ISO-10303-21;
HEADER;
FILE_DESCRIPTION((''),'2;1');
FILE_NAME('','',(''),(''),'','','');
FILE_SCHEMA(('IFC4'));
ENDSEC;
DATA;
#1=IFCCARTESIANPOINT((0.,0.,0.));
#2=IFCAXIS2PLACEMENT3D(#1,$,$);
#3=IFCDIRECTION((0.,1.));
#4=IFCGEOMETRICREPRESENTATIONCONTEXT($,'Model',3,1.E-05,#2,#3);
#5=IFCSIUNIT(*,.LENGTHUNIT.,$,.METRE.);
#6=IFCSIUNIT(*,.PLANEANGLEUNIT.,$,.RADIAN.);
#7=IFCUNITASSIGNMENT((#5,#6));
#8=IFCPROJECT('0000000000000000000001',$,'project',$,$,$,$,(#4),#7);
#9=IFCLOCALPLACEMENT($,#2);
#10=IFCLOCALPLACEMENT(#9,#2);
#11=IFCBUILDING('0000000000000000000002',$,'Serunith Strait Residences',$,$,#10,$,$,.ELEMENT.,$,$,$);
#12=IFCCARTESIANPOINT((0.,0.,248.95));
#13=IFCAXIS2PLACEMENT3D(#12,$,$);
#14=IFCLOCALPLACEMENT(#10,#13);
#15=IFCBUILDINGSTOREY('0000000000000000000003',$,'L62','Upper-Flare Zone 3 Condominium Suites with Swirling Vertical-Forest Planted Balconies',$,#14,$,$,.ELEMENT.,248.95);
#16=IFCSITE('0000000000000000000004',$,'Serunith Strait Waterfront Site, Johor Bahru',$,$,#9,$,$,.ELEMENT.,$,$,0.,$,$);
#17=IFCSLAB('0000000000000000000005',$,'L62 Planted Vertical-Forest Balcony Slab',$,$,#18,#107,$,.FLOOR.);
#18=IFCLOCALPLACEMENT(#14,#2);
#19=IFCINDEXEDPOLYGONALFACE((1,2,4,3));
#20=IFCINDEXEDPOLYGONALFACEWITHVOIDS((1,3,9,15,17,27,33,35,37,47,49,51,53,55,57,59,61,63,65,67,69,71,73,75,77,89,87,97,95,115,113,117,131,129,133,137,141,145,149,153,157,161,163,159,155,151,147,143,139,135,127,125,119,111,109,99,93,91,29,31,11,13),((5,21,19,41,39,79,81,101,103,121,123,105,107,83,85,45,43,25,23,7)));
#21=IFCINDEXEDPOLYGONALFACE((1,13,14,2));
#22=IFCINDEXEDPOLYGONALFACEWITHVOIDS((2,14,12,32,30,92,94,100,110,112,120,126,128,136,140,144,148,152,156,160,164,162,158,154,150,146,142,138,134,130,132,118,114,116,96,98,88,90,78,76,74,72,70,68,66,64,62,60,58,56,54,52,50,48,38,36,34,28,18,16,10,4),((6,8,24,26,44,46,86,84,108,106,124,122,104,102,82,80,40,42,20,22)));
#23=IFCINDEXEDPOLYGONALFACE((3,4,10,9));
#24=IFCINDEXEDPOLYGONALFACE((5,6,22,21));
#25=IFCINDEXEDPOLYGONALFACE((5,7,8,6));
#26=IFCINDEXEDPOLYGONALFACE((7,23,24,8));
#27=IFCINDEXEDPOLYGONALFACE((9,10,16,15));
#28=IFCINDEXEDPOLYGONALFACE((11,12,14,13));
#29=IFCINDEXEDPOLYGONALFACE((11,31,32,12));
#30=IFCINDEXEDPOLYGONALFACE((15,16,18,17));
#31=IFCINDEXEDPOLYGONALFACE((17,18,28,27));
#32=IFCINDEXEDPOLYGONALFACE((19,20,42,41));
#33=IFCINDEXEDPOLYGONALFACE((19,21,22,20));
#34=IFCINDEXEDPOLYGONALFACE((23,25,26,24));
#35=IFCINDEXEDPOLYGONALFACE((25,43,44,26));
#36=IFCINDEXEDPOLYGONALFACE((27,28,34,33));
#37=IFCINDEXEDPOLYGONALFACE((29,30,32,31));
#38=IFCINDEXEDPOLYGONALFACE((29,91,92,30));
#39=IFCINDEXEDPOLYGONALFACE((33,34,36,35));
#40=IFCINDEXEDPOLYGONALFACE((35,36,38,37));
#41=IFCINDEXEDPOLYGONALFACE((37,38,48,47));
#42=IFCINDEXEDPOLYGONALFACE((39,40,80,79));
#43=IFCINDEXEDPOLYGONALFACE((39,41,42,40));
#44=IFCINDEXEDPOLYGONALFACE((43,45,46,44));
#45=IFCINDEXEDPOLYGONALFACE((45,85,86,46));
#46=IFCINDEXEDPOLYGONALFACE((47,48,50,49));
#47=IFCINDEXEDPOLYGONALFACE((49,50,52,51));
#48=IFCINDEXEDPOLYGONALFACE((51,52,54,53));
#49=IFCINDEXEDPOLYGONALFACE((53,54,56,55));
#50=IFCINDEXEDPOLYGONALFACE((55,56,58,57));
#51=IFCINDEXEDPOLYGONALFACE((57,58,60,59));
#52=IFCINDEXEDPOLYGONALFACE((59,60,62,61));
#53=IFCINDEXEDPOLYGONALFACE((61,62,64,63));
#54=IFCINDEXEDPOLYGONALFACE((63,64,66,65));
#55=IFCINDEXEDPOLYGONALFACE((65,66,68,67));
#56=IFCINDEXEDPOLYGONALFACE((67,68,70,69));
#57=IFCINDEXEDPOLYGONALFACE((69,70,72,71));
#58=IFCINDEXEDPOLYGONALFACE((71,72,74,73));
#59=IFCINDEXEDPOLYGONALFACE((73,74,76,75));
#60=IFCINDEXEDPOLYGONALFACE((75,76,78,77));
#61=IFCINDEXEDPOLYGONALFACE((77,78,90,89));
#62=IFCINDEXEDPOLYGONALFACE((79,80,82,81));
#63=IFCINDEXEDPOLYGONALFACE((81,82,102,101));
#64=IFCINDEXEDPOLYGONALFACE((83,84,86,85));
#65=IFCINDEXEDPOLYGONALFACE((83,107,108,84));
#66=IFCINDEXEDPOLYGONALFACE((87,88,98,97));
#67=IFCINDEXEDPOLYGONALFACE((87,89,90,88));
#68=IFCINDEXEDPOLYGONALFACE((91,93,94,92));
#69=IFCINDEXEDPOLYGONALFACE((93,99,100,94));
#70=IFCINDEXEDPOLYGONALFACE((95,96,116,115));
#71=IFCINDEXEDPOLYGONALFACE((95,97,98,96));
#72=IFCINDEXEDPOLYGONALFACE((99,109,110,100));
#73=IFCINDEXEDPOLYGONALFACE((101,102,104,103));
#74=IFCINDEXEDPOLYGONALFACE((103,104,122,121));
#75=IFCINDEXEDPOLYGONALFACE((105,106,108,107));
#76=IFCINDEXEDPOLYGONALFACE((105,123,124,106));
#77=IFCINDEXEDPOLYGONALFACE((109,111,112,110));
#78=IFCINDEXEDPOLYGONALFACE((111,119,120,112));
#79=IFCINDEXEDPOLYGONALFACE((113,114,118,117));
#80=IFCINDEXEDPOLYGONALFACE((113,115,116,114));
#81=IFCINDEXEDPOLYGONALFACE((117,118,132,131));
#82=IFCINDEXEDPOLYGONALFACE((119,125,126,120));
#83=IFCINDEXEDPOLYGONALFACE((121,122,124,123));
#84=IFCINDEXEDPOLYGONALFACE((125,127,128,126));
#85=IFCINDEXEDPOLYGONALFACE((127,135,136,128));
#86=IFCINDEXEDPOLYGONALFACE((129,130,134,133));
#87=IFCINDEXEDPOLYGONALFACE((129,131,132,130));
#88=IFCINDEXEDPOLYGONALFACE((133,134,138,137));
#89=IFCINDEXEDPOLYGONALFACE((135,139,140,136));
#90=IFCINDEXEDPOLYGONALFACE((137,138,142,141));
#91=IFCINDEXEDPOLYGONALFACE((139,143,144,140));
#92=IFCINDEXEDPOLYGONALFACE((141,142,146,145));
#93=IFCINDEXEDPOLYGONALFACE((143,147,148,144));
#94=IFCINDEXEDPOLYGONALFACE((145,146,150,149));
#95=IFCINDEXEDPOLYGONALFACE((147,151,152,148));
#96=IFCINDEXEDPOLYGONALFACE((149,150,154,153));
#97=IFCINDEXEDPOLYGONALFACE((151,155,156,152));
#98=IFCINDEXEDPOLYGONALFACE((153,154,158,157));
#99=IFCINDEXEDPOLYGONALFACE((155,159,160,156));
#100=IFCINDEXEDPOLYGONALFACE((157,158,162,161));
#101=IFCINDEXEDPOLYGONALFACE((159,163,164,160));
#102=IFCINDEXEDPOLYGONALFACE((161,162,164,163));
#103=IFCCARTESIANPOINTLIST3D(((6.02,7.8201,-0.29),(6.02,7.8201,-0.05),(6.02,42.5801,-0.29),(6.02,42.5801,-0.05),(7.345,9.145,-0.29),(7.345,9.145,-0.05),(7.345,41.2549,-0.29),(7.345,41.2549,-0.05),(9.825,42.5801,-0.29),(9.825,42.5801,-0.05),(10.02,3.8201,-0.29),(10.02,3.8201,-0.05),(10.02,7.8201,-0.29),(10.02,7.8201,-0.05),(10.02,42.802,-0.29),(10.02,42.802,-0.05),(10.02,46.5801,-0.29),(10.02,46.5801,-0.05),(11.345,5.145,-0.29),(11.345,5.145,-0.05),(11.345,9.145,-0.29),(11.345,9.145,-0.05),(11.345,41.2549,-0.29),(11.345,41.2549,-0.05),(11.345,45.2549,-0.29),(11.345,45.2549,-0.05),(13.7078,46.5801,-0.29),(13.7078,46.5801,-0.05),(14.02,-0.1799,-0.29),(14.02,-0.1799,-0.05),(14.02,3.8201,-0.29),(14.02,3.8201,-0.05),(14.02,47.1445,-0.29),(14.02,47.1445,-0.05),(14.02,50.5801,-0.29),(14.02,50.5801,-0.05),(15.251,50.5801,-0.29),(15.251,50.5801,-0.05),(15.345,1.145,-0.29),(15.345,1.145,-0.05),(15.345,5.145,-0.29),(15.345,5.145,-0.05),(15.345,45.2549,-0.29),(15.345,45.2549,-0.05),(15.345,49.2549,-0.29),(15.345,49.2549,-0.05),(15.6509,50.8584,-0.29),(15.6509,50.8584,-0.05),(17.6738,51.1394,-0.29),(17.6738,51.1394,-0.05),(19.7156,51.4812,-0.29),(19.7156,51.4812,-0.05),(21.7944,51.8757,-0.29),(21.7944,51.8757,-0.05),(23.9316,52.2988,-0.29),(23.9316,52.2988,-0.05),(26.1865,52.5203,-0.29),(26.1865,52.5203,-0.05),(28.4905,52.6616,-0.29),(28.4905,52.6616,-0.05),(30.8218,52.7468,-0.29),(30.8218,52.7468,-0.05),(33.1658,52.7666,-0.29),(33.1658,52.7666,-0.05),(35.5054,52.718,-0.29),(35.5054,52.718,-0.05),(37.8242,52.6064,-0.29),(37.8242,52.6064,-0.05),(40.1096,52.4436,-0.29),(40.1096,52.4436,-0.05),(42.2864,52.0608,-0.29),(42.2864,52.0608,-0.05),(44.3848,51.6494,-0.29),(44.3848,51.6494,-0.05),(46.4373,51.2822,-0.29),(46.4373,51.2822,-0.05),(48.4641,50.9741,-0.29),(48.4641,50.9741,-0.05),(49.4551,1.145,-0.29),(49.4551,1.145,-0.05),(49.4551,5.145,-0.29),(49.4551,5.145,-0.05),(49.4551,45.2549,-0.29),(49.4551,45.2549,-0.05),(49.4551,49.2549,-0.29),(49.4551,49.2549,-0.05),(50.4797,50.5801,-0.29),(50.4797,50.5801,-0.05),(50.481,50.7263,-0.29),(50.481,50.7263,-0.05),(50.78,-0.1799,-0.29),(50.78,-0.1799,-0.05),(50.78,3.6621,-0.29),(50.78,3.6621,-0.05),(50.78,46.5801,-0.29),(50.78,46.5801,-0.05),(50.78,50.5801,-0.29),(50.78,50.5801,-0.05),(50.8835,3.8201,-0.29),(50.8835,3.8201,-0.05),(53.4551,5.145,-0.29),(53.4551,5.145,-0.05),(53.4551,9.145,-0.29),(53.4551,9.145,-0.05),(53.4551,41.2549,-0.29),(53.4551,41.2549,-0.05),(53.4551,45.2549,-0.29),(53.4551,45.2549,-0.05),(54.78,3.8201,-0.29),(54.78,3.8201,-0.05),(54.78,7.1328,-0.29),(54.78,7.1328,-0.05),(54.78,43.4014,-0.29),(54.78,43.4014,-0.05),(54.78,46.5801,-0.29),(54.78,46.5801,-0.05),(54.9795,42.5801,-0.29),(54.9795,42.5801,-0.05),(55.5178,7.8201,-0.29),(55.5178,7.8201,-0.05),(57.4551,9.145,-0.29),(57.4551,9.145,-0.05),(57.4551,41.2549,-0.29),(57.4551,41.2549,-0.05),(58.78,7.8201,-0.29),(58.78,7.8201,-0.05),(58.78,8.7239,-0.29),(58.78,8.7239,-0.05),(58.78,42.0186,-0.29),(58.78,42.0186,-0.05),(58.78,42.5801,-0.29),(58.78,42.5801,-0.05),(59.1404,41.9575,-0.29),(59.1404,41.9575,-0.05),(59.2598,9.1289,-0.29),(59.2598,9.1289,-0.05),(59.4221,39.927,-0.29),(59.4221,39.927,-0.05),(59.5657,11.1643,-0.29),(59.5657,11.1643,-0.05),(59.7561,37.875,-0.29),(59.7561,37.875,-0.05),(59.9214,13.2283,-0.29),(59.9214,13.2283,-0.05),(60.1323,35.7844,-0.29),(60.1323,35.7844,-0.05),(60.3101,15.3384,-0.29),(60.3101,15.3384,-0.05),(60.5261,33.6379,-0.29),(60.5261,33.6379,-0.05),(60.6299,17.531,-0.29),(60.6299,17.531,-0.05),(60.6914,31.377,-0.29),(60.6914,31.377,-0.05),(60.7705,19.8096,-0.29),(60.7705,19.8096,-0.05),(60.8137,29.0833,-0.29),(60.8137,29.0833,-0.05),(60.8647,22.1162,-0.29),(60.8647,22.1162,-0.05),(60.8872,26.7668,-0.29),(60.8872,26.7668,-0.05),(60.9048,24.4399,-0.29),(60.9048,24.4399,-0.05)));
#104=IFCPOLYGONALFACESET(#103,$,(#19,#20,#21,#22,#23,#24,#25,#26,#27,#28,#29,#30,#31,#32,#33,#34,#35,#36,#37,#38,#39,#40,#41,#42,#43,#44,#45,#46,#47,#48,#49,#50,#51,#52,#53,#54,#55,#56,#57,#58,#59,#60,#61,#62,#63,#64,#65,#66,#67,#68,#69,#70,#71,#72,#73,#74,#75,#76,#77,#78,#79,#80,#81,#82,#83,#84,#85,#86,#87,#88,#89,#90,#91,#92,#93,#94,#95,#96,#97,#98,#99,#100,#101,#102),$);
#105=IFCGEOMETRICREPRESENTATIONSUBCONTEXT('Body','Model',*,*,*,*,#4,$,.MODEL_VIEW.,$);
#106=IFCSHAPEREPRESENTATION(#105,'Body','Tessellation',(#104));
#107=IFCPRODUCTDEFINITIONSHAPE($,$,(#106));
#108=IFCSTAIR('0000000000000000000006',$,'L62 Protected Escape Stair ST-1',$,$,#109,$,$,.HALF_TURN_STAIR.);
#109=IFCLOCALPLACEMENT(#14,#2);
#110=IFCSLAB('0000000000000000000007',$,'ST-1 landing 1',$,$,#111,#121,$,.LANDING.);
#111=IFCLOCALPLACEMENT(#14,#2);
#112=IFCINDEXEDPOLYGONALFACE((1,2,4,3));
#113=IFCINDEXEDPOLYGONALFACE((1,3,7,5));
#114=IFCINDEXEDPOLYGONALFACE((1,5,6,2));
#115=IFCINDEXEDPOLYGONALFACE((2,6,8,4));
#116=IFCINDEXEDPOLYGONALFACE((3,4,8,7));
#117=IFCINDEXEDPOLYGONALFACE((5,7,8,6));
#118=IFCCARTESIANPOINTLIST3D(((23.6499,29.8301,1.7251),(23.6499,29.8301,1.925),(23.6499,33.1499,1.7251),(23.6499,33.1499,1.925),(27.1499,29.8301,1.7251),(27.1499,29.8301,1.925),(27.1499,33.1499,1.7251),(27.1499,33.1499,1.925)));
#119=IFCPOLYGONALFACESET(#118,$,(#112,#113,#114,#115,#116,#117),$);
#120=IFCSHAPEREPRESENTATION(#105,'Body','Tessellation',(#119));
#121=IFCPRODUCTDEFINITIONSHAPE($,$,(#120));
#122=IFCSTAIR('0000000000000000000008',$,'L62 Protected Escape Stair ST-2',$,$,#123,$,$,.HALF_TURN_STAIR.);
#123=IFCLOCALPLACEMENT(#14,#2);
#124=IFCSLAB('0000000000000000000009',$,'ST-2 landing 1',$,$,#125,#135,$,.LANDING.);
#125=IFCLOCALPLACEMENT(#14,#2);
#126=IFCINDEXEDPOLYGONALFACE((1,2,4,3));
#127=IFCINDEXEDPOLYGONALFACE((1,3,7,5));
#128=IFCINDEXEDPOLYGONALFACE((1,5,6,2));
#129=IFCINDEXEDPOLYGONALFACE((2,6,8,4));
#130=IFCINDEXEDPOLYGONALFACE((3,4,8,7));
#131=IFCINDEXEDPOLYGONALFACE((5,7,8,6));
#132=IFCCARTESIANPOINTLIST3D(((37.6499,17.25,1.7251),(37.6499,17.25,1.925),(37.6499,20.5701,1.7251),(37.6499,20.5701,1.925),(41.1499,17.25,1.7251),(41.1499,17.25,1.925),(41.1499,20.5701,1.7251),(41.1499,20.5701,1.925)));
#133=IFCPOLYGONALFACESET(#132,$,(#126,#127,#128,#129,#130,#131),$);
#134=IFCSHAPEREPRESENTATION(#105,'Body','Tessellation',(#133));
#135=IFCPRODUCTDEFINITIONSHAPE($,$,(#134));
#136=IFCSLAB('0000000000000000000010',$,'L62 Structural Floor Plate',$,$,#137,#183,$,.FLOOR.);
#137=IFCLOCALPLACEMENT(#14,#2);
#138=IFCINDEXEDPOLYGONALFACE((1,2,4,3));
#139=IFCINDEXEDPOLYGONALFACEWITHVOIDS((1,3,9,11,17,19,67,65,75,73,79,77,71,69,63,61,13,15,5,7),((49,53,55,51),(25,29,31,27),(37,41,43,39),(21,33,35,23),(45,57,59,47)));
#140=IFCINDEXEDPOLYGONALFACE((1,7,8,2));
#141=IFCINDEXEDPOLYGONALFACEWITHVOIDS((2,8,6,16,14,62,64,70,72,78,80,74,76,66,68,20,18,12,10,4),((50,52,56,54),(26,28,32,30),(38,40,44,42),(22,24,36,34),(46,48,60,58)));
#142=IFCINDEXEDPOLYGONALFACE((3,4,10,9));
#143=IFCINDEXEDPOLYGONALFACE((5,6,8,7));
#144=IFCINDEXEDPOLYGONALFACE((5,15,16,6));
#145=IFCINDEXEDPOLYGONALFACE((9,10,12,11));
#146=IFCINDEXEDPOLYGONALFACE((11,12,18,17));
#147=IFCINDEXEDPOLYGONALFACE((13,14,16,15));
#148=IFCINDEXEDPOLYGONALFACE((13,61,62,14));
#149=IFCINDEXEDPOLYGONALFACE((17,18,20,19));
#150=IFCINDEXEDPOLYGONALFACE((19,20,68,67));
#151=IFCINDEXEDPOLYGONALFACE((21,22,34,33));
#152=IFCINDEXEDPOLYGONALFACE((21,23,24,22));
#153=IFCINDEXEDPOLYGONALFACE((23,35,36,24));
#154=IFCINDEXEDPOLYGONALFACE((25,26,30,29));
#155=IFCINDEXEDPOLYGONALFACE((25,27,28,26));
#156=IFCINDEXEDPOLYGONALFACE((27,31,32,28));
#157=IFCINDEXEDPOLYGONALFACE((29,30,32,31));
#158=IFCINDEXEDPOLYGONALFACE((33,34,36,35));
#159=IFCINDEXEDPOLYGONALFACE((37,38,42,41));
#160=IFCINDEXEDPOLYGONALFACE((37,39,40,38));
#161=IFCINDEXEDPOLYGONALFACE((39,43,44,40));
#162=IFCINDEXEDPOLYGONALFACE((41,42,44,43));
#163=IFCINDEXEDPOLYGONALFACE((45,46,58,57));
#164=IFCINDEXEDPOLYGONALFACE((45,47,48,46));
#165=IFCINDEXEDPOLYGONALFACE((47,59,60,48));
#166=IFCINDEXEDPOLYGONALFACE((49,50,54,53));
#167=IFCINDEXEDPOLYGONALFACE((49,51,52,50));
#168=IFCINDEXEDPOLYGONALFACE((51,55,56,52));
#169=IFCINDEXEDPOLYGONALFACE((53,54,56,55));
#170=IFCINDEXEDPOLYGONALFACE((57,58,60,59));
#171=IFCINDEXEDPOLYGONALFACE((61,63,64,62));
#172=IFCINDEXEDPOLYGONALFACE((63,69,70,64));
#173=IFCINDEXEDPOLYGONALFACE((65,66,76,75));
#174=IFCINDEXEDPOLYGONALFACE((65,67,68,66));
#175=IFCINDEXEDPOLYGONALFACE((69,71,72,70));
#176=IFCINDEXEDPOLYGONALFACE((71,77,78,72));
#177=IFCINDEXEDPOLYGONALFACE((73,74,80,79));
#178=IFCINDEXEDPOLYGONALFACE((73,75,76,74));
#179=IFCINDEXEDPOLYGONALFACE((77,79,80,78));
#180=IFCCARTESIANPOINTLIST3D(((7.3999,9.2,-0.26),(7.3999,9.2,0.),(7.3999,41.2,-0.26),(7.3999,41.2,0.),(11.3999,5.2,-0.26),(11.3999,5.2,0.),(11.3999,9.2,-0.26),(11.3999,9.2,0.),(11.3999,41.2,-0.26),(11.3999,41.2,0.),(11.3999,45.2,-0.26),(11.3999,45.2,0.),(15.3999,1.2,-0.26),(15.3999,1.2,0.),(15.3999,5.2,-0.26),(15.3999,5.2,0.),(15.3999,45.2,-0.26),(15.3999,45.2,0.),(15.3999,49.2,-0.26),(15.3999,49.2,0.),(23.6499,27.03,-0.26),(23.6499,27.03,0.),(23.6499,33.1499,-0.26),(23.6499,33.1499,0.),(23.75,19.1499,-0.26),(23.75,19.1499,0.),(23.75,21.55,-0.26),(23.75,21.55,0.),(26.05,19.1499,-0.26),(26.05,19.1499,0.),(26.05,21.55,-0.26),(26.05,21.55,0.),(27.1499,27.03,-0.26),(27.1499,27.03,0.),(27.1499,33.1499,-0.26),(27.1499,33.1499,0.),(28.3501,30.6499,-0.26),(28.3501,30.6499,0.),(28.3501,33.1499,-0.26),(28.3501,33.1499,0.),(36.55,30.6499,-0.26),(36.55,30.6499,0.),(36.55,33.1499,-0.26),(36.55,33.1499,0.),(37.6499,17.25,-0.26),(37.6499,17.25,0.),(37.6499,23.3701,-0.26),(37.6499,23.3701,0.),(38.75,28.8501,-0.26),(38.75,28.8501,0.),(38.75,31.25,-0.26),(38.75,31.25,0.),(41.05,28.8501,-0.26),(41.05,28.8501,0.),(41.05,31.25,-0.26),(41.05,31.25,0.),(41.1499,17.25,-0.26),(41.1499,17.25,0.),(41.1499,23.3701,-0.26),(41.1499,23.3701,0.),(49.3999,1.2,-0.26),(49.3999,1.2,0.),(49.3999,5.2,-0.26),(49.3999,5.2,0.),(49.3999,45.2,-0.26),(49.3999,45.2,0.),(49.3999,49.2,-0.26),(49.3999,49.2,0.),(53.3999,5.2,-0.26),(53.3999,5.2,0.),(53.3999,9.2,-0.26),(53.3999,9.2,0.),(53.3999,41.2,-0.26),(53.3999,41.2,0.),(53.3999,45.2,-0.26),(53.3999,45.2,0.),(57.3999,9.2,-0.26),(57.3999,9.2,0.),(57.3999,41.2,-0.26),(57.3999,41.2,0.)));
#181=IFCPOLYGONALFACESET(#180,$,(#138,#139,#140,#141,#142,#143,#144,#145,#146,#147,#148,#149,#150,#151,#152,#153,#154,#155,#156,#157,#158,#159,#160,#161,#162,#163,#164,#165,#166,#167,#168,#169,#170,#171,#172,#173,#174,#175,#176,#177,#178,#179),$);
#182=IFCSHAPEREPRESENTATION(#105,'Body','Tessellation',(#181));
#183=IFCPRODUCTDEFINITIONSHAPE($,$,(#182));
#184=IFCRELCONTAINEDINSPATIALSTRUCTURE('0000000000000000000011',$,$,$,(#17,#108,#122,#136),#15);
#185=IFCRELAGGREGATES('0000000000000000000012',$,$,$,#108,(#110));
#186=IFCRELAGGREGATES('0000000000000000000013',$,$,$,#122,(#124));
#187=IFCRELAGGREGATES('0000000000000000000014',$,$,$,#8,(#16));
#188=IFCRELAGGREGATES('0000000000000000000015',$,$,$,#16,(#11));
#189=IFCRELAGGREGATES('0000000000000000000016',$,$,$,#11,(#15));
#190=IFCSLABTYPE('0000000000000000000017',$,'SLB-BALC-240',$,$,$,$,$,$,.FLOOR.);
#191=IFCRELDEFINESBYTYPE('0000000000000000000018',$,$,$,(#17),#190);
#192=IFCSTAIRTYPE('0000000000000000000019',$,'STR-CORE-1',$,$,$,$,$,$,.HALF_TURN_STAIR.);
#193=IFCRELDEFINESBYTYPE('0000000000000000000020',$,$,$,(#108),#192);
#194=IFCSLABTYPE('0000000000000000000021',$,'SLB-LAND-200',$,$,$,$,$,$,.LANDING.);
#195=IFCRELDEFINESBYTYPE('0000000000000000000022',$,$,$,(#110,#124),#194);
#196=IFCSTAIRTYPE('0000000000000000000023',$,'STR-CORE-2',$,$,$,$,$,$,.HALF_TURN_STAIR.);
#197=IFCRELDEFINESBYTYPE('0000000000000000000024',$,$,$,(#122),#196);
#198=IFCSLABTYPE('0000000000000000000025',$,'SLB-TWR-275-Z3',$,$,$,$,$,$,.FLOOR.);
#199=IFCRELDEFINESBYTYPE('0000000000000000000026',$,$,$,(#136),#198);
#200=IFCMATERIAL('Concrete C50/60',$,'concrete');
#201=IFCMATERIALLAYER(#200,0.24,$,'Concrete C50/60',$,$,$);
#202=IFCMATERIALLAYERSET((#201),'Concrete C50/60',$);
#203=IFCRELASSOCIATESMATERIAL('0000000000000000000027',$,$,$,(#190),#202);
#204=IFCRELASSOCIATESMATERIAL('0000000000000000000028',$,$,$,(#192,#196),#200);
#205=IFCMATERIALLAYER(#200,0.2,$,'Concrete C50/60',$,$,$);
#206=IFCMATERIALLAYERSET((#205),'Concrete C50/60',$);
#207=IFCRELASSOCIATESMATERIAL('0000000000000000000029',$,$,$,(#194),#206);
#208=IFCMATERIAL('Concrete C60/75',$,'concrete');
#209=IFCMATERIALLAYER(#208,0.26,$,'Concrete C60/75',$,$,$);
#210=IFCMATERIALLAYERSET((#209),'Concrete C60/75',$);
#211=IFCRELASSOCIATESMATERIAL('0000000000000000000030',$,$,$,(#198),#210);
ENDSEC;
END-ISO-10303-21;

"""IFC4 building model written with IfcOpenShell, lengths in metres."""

from ifc_helpers import new_model, si_unit, direction, frame, origin, place, context, subcontext, project, spatial, polyline, outline, extrude, material, layer, layer_set, type_object, element, aggregate, save


model = new_model("IFC4")

# Units and contexts
model_context = context("Model", 3, precision=1e-05, world=origin(), true_north=direction((0.0, 1.0)))
body_context = subcontext(model_context, "Body", "Model", "MODEL_VIEW")
ifc_project = project(units=[si_unit("LENGTHUNIT", "METRE"), si_unit("PLANEANGLEUNIT", "RADIAN")], contexts=[model_context])

# Site, building, storey
site_placement = place(None, origin())
site = spatial("IfcSite", under=ifc_project, at=site_placement, Name="Serunith Strait Waterfront Site, Johor Bahru", CompositionType="ELEMENT", RefElevation=0.0)
building_placement = place(site_placement, origin())
building = spatial("IfcBuilding", under=site, at=building_placement, Name="Serunith Strait Residences", CompositionType="ELEMENT")
storey_placement = place(building_placement, frame((0.0, 0.0, 248.95)))
storey = spatial("IfcBuildingStorey", under=building, at=storey_placement, Name="L62", Description="Upper-Flare Zone 3 Condominium Suites with Swirling Vertical-Forest Planted Balconies", CompositionType="ELEMENT", Elevation=248.95)

# Slab
ifc_material_1 = material(Name="Concrete C50/60", Category="concrete")
ifc_layer_1 = layer(ifc_material_1, 0.24, Name="Concrete C50/60")
ifc_layer_set_1 = layer_set([ifc_layer_1], Name="Concrete C50/60")
slab_type_1 = type_object("IfcSlabType", Name="SLB-BALC-240", PredefinedType="FLOOR", material=ifc_layer_set_1)
slab_1_placement = place(storey_placement, frame((0.0, 0.0, -0.29)))
element("IfcSlab", 1, at=slab_1_placement, inside=storey, type_object=slab_type_1, Name="L62 Planted Vertical-Forest Balcony Slab", PredefinedType="FLOOR", context=body_context, shape_type="SweptSolid", body=[
    extrude(outline(polyline([(10.02, 46.5801), (13.7078, 46.5801), (14.02, 47.1445), (14.02, 50.5801), (15.251, 50.5801), (15.6509, 50.8584), (17.6738, 51.1394), (19.7156, 51.4812), (21.7944, 51.8757), (23.9316, 52.2988), (26.1865, 52.5203), (28.4905, 52.6616), (30.8218, 52.7468), (33.1658, 52.7666), (35.5054, 52.718), (37.8242, 52.6064), (40.1096, 52.4436), (42.2864, 52.0608), (44.3848, 51.6494), (46.4373, 51.2822), (48.4641, 50.9741), (50.481, 50.7263), (50.4797, 50.5801), (50.78, 50.5801), (50.78, 46.5801), (54.78, 46.5801), (54.78, 43.4014), (54.9795, 42.5801), (58.78, 42.5801), (58.78, 42.0186), (59.1404, 41.9575), (59.4221, 39.927), (59.7561, 37.875), (60.1323, 35.7844), (60.5261, 33.6379), (60.6914, 31.377), (60.8137, 29.0833), (60.8872, 26.7668), (60.9048, 24.4399), (60.8647, 22.1162), (60.7705, 19.8096), (60.6299, 17.531), (60.3101, 15.3384), (59.9214, 13.2283), (59.5657, 11.1643), (59.2598, 9.1289), (58.78, 8.7239), (58.78, 7.8201), (55.5178, 7.8201), (54.78, 7.1328), (54.78, 3.8201), (50.8835, 3.8201), (50.78, 3.6621), (50.78, -0.1799), (14.02, -0.1799), (14.02, 3.8201), (10.02, 3.8201), (10.02, 7.8201), (6.02, 7.8201), (6.02, 42.5801), (9.825, 42.5801), (10.02, 42.802), (10.02, 46.5801)]), holes=[polyline([(49.4551, 1.145), (49.4551, 5.145), (53.4551, 5.145), (53.4551, 9.145), (57.4551, 9.145), (57.4551, 41.2549), (53.4551, 41.2549), (53.4551, 45.2549), (49.4551, 45.2549), (49.4551, 49.2549), (15.345, 49.2549), (15.345, 45.2549), (11.345, 45.2549), (11.345, 41.2549), (7.345, 41.2549), (7.345, 9.145), (11.345, 9.145), (11.345, 5.145), (15.345, 5.145), (15.345, 1.145), (49.4551, 1.145)])]), origin(), (0.0, 0.0, 1.0), 0.24),
])

# Stairs, slabs
stair_type_1 = type_object("IfcStairType", Name="STR-CORE-1", PredefinedType="HALF_TURN_STAIR", material=ifc_material_1)
stair_1_placement = place(storey_placement, origin())
stair_1 = element("IfcStair", 2, at=stair_1_placement, inside=storey, type_object=stair_type_1, Name="L62 Protected Escape Stair ST-1", PredefinedType="HALF_TURN_STAIR")
ifc_layer_2 = layer(ifc_material_1, 0.2, Name="Concrete C50/60")
ifc_layer_set_2 = layer_set([ifc_layer_2], Name="Concrete C50/60")
slab_type_2 = type_object("IfcSlabType", Name="SLB-LAND-200", PredefinedType="LANDING", material=ifc_layer_set_2)
slab_2_placement = place(storey_placement, frame((0.0, 0.0, 1.7251)))
slab_2 = element("IfcSlab", 3, at=slab_2_placement, type_object=slab_type_2, Name="ST-1 landing 1", PredefinedType="LANDING", context=body_context, shape_type="SweptSolid", body=[
    extrude(outline(polyline([(27.1499, 29.8301), (27.1499, 33.1499), (23.6499, 33.1499), (23.6499, 29.8301), (27.1499, 29.8301)])), origin(), (0.0, 0.0, 1.0), 0.2),
])
aggregate(stair_1, [slab_2])
stair_type_2 = type_object("IfcStairType", Name="STR-CORE-2", PredefinedType="HALF_TURN_STAIR", material=ifc_material_1)
stair_2_placement = place(storey_placement, origin())
stair_2 = element("IfcStair", 4, at=stair_2_placement, inside=storey, type_object=stair_type_2, Name="L62 Protected Escape Stair ST-2", PredefinedType="HALF_TURN_STAIR")
slab_3_placement = place(storey_placement, frame((0.0, 0.0, 1.7251)))
slab_3 = element("IfcSlab", 5, at=slab_3_placement, type_object=slab_type_2, Name="ST-2 landing 1", PredefinedType="LANDING", context=body_context, shape_type="SweptSolid", body=[
    extrude(outline(polyline([(37.6499, 20.5701), (37.6499, 17.25), (41.1499, 17.25), (41.1499, 20.5701), (37.6499, 20.5701)])), origin(), (0.0, 0.0, 1.0), 0.2),
])
aggregate(stair_2, [slab_3])

# Slab
ifc_material_2 = material(Name="Concrete C60/75", Category="concrete")
ifc_layer_3 = layer(ifc_material_2, 0.26, Name="Concrete C60/75")
ifc_layer_set_3 = layer_set([ifc_layer_3], Name="Concrete C60/75")
slab_type_3 = type_object("IfcSlabType", Name="SLB-TWR-275-Z3", PredefinedType="FLOOR", material=ifc_layer_set_3)
slab_4_placement = place(storey_placement, frame((0.0, 0.0, -0.26)))
element("IfcSlab", 6, at=slab_4_placement, inside=storey, type_object=slab_type_3, Name="L62 Structural Floor Plate", PredefinedType="FLOOR", context=body_context, shape_type="SweptSolid", body=[
    extrude(outline(polyline([(15.3999, 5.2), (11.3999, 5.2), (11.3999, 9.2), (7.3999, 9.2), (7.3999, 41.2), (11.3999, 41.2), (11.3999, 45.2), (15.3999, 45.2), (15.3999, 49.2), (49.3999, 49.2), (49.3999, 45.2), (53.3999, 45.2), (53.3999, 41.2), (57.3999, 41.2), (57.3999, 9.2), (53.3999, 9.2), (53.3999, 5.2), (49.3999, 5.2), (49.3999, 1.2), (15.3999, 1.2), (15.3999, 5.2)]), holes=[polyline([(41.1499, 23.3701), (37.6499, 23.3701), (37.6499, 17.25), (41.1499, 17.25), (41.1499, 23.3701)]), polyline([(38.75, 31.25), (38.75, 28.8501), (41.05, 28.8501), (41.05, 31.25), (38.75, 31.25)]), polyline([(36.55, 33.1499), (28.3501, 33.1499), (28.3501, 30.6499), (36.55, 30.6499), (36.55, 33.1499)]), polyline([(23.6499, 33.1499), (23.6499, 27.03), (27.1499, 27.03), (27.1499, 33.1499), (23.6499, 33.1499)]), polyline([(23.75, 21.55), (23.75, 19.1499), (26.05, 19.1499), (26.05, 21.55), (23.75, 21.55)])]), origin(), (0.0, 0.0, 1.0), 0.26),
])

save(model, "model.ifc")
